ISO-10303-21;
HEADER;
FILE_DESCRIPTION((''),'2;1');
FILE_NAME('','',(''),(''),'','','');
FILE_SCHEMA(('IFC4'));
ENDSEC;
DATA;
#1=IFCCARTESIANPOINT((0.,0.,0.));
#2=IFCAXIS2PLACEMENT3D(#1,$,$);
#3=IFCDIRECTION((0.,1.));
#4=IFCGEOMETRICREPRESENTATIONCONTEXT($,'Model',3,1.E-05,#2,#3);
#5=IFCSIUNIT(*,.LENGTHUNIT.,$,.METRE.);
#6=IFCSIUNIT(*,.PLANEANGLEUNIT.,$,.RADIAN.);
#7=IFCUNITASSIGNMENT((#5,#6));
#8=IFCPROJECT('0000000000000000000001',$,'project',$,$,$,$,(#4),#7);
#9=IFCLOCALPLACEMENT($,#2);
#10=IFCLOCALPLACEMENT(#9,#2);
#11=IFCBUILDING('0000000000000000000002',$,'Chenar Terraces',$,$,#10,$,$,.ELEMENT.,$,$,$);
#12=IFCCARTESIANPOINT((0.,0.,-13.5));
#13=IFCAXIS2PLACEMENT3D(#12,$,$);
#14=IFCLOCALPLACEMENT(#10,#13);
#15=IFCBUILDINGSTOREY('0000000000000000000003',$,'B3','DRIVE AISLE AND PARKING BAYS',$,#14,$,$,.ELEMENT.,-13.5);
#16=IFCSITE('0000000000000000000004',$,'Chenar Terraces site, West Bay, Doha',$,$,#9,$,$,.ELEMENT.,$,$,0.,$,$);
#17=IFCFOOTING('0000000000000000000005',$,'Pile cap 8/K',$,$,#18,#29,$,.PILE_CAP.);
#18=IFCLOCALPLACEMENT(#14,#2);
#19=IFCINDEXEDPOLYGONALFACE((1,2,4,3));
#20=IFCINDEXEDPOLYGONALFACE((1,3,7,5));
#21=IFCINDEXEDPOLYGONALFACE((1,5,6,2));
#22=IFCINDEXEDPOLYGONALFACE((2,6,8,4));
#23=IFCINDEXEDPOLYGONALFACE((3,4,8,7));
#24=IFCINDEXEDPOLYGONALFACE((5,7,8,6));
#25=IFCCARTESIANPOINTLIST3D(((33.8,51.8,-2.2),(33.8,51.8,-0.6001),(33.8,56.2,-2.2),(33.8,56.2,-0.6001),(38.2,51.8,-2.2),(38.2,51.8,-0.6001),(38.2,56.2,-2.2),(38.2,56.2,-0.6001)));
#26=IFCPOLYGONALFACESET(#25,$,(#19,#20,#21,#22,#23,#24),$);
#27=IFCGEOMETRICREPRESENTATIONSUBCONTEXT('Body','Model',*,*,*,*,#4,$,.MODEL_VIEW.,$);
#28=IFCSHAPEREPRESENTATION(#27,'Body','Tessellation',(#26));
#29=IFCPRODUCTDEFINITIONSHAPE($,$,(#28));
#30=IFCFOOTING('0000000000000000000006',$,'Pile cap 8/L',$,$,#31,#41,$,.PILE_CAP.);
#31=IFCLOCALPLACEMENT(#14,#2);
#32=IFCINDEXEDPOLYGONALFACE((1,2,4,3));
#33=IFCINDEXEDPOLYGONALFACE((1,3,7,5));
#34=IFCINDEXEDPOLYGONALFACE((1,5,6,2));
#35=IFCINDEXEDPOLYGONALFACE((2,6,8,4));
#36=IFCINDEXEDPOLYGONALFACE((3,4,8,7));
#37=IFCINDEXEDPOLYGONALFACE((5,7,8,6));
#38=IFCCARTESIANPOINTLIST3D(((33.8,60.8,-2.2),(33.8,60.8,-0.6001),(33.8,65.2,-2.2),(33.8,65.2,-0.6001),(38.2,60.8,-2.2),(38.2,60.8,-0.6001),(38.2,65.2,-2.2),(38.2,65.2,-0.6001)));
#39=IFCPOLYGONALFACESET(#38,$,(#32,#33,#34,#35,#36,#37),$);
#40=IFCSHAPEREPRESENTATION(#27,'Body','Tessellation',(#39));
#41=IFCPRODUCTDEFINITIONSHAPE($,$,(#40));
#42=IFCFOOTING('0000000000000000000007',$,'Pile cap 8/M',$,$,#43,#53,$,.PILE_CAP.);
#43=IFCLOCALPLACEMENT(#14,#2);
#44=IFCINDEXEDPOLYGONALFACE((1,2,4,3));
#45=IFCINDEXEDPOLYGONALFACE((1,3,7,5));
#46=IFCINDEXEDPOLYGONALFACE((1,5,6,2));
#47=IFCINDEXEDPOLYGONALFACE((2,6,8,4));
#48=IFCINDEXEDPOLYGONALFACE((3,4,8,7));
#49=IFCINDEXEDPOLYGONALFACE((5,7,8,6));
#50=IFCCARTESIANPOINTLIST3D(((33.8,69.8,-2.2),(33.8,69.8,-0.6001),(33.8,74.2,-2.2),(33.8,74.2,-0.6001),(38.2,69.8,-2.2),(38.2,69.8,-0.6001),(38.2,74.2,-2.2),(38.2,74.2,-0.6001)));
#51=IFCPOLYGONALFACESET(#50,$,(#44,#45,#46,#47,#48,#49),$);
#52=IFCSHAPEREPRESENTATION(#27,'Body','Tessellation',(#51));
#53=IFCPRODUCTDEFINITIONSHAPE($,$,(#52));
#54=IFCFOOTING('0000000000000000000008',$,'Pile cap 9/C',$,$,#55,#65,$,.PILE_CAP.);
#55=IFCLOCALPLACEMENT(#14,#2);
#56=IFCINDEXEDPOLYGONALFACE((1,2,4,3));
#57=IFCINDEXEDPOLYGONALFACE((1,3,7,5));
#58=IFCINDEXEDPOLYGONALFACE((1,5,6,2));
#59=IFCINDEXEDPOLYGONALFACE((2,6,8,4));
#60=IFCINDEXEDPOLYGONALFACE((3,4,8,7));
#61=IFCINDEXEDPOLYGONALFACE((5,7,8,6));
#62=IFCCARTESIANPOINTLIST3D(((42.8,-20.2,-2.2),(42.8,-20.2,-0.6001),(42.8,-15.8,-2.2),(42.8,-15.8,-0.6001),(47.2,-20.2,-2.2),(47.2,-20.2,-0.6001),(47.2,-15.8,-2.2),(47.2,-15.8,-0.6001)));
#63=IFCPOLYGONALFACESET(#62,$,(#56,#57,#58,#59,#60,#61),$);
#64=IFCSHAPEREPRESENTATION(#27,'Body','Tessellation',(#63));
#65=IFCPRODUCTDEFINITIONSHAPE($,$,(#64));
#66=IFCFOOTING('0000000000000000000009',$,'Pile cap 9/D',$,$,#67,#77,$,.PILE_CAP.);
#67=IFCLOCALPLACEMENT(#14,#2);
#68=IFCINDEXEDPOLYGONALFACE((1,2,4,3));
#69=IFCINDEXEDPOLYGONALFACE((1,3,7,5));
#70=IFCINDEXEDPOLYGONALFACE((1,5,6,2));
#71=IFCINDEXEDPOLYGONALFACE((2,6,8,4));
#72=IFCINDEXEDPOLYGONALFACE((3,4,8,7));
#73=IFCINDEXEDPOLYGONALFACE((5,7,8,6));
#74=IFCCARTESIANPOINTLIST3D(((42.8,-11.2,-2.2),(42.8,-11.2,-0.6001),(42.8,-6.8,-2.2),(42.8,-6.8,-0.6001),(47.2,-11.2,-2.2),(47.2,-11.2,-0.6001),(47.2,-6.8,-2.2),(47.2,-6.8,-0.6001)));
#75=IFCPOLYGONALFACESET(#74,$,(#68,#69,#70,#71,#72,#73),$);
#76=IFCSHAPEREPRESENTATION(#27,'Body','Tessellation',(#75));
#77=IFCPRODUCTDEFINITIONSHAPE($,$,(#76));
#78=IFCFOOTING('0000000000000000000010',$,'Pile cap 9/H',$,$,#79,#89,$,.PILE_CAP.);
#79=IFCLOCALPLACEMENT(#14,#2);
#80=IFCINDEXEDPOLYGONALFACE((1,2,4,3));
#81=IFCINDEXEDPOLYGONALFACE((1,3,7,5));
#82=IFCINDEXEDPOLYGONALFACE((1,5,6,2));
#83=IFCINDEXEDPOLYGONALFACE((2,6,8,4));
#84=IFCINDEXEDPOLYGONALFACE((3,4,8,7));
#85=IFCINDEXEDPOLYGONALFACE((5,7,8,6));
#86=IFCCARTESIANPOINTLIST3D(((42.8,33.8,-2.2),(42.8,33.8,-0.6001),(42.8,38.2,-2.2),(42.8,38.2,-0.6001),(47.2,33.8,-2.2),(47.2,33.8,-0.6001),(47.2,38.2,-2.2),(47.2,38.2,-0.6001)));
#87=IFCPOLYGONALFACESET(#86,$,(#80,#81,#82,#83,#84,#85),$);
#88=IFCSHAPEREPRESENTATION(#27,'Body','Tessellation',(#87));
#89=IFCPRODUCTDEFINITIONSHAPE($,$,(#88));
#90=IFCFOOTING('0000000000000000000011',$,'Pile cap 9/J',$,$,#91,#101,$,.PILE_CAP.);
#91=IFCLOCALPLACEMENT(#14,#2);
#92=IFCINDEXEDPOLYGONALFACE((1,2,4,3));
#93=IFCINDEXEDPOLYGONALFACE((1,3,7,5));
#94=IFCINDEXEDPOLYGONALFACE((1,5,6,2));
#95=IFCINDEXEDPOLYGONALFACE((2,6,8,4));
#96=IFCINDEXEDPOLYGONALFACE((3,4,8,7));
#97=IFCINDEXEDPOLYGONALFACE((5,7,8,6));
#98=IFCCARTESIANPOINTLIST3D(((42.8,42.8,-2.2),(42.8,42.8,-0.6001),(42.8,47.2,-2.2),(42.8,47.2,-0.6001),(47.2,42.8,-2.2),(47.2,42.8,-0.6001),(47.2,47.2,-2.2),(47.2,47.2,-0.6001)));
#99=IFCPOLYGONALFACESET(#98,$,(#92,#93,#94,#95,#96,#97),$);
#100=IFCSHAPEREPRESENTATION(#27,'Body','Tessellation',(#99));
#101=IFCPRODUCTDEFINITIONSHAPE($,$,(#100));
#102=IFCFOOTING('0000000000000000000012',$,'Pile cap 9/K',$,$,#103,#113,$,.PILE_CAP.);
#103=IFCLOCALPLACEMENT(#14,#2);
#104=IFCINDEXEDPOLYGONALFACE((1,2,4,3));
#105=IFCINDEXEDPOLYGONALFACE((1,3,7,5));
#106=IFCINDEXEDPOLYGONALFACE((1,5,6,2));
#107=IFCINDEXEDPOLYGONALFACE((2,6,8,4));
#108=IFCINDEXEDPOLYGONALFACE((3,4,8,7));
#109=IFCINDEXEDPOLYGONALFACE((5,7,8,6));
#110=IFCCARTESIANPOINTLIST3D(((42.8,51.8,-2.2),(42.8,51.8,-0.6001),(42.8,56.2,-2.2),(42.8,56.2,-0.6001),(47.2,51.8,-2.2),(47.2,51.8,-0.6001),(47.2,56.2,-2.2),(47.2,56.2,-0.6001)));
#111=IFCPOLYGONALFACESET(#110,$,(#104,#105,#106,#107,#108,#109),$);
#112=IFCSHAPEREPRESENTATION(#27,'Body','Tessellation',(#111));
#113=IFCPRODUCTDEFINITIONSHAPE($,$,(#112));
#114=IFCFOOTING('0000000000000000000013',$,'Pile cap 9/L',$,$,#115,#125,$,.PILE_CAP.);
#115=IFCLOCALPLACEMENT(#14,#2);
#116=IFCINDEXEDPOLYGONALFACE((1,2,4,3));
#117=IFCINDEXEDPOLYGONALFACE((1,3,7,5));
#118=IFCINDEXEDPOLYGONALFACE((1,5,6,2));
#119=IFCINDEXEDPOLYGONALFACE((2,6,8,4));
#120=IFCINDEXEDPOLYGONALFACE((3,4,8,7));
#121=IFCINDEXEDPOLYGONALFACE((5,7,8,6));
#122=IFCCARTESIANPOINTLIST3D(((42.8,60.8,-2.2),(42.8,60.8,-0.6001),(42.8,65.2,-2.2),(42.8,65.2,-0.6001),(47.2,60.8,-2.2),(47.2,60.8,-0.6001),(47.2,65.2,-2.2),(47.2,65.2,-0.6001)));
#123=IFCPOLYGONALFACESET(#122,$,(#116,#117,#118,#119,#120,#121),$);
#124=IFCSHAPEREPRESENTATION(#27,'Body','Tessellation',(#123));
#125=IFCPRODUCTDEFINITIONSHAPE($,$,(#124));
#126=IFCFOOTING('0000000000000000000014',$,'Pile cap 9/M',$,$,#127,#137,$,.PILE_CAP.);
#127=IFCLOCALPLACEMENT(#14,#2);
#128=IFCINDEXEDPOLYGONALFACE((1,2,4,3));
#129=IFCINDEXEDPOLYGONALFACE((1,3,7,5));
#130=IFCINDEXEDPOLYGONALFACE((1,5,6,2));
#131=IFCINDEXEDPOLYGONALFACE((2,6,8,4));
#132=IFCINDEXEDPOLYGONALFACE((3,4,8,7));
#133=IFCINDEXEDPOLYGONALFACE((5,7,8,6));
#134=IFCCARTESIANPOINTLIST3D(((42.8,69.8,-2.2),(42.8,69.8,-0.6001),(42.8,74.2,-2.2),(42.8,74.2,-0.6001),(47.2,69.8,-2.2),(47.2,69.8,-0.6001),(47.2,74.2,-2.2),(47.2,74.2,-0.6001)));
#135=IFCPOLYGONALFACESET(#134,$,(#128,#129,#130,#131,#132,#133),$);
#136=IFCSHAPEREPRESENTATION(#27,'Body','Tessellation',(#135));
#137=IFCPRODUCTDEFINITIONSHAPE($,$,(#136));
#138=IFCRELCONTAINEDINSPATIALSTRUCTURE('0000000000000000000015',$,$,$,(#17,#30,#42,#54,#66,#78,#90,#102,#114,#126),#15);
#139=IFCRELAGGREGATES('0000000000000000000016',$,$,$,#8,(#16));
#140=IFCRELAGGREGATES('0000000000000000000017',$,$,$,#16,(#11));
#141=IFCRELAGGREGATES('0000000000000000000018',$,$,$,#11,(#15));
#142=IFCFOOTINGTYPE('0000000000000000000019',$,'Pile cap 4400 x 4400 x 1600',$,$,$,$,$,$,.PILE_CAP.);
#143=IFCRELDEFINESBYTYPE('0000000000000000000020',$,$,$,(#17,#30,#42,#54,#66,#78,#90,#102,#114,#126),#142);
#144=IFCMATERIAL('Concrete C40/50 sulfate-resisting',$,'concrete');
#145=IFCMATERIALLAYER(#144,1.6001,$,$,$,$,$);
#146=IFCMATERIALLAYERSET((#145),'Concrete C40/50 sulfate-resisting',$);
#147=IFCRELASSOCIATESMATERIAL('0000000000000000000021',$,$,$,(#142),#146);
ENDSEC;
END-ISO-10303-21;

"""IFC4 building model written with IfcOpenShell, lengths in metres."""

from ifc_helpers import new_model, si_unit, direction, frame, origin, place, context, subcontext, project, spatial, polyline, outline, extrude, material, layer, layer_set, type_object, element, save


model = new_model("IFC4")

# Units and contexts
model_context = context("Model", 3, precision=1e-05, world=origin(), true_north=direction((0.0, 1.0)))
body_context = subcontext(model_context, "Body", "Model", "MODEL_VIEW")
ifc_project = project(units=[si_unit("LENGTHUNIT", "METRE"), si_unit("PLANEANGLEUNIT", "RADIAN")], contexts=[model_context])

# Site, building, storey
site_placement = place(None, origin())
site = spatial("IfcSite", under=ifc_project, at=site_placement, Name="Chenar Terraces site, West Bay, Doha", CompositionType="ELEMENT", RefElevation=0.0)
building_placement = place(site_placement, origin())
building = spatial("IfcBuilding", under=site, at=building_placement, Name="Chenar Terraces", CompositionType="ELEMENT")
storey_placement = place(building_placement, frame((0.0, 0.0, -13.5)))
storey = spatial("IfcBuildingStorey", under=building, at=storey_placement, Name="B3", Description="DRIVE AISLE AND PARKING BAYS", CompositionType="ELEMENT", Elevation=-13.5)

# Footings
ifc_material = material(Name="Concrete C40/50 sulfate-resisting", Category="concrete")
ifc_layer = layer(ifc_material, 1.6001)
ifc_layer_set = layer_set([ifc_layer], Name="Concrete C40/50 sulfate-resisting")
footing_type = type_object("IfcFootingType", Name="Pile cap 4400 x 4400 x 1600", PredefinedType="PILE_CAP", material=ifc_layer_set)
placement = place(storey_placement, frame((0.0, 0.0, -2.2)))
element("IfcFooting", 1, at=placement, inside=storey, type_object=footing_type, Name="Pile cap 8/K", PredefinedType="PILE_CAP", context=body_context, shape_type="SweptSolid", body=[
    extrude(outline(polyline([(38.2, 51.8), (38.2, 56.2), (33.8, 56.2), (33.8, 51.8), (38.2, 51.8)])), origin(), (0.0, 0.0, 1.0), 1.5999),
])
element("IfcFooting", 2, at=placement, inside=storey, type_object=footing_type, Name="Pile cap 8/L", PredefinedType="PILE_CAP", context=body_context, shape_type="SweptSolid", body=[
    extrude(outline(polyline([(38.2, 60.8), (38.2, 65.2), (33.8, 65.2), (33.8, 60.8), (38.2, 60.8)])), origin(), (0.0, 0.0, 1.0), 1.5999),
])
element("IfcFooting", 3, at=placement, inside=storey, type_object=footing_type, Name="Pile cap 8/M", PredefinedType="PILE_CAP", context=body_context, shape_type="SweptSolid", body=[
    extrude(outline(polyline([(38.2, 69.8), (38.2, 74.2), (33.8, 74.2), (33.8, 69.8), (38.2, 69.8)])), origin(), (0.0, 0.0, 1.0), 1.5999),
])
element("IfcFooting", 4, at=placement, inside=storey, type_object=footing_type, Name="Pile cap 9/C", PredefinedType="PILE_CAP", context=body_context, shape_type="SweptSolid", body=[
    extrude(outline(polyline([(47.2, -20.2), (47.2, -15.8), (42.8, -15.8), (42.8, -20.2), (47.2, -20.2)])), origin(), (0.0, 0.0, 1.0), 1.5999),
])
element("IfcFooting", 5, at=placement, inside=storey, type_object=footing_type, Name="Pile cap 9/D", PredefinedType="PILE_CAP", context=body_context, shape_type="SweptSolid", body=[
    extrude(outline(polyline([(47.2, -11.2), (47.2, -6.8), (42.8, -6.8), (42.8, -11.2), (47.2, -11.2)])), origin(), (0.0, 0.0, 1.0), 1.5999),
])
element("IfcFooting", 6, at=placement, inside=storey, type_object=footing_type, Name="Pile cap 9/H", PredefinedType="PILE_CAP", context=body_context, shape_type="SweptSolid", body=[
    extrude(outline(polyline([(47.2, 33.8), (47.2, 38.2), (42.8, 38.2), (42.8, 33.8), (47.2, 33.8)])), origin(), (0.0, 0.0, 1.0), 1.5999),
])
element("IfcFooting", 7, at=placement, inside=storey, type_object=footing_type, Name="Pile cap 9/J", PredefinedType="PILE_CAP", context=body_context, shape_type="SweptSolid", body=[
    extrude(outline(polyline([(47.2, 42.8), (47.2, 47.2), (42.8, 47.2), (42.8, 42.8), (47.2, 42.8)])), origin(), (0.0, 0.0, 1.0), 1.5999),
])
element("IfcFooting", 8, at=placement, inside=storey, type_object=footing_type, Name="Pile cap 9/K", PredefinedType="PILE_CAP", context=body_context, shape_type="SweptSolid", body=[
    extrude(outline(polyline([(47.2, 51.8), (47.2, 56.2), (42.8, 56.2), (42.8, 51.8), (47.2, 51.8)])), origin(), (0.0, 0.0, 1.0), 1.5999),
])
element("IfcFooting", 9, at=placement, inside=storey, type_object=footing_type, Name="Pile cap 9/L", PredefinedType="PILE_CAP", context=body_context, shape_type="SweptSolid", body=[
    extrude(outline(polyline([(47.2, 60.8), (47.2, 65.2), (42.8, 65.2), (42.8, 60.8), (47.2, 60.8)])), origin(), (0.0, 0.0, 1.0), 1.5999),
])
element("IfcFooting", 10, at=placement, inside=storey, type_object=footing_type, Name="Pile cap 9/M", PredefinedType="PILE_CAP", context=body_context, shape_type="SweptSolid", body=[
    extrude(outline(polyline([(47.2, 69.8), (47.2, 74.2), (42.8, 74.2), (42.8, 69.8), (47.2, 69.8)])), origin(), (0.0, 0.0, 1.0), 1.5999),
])

save(model, "model.ifc")
